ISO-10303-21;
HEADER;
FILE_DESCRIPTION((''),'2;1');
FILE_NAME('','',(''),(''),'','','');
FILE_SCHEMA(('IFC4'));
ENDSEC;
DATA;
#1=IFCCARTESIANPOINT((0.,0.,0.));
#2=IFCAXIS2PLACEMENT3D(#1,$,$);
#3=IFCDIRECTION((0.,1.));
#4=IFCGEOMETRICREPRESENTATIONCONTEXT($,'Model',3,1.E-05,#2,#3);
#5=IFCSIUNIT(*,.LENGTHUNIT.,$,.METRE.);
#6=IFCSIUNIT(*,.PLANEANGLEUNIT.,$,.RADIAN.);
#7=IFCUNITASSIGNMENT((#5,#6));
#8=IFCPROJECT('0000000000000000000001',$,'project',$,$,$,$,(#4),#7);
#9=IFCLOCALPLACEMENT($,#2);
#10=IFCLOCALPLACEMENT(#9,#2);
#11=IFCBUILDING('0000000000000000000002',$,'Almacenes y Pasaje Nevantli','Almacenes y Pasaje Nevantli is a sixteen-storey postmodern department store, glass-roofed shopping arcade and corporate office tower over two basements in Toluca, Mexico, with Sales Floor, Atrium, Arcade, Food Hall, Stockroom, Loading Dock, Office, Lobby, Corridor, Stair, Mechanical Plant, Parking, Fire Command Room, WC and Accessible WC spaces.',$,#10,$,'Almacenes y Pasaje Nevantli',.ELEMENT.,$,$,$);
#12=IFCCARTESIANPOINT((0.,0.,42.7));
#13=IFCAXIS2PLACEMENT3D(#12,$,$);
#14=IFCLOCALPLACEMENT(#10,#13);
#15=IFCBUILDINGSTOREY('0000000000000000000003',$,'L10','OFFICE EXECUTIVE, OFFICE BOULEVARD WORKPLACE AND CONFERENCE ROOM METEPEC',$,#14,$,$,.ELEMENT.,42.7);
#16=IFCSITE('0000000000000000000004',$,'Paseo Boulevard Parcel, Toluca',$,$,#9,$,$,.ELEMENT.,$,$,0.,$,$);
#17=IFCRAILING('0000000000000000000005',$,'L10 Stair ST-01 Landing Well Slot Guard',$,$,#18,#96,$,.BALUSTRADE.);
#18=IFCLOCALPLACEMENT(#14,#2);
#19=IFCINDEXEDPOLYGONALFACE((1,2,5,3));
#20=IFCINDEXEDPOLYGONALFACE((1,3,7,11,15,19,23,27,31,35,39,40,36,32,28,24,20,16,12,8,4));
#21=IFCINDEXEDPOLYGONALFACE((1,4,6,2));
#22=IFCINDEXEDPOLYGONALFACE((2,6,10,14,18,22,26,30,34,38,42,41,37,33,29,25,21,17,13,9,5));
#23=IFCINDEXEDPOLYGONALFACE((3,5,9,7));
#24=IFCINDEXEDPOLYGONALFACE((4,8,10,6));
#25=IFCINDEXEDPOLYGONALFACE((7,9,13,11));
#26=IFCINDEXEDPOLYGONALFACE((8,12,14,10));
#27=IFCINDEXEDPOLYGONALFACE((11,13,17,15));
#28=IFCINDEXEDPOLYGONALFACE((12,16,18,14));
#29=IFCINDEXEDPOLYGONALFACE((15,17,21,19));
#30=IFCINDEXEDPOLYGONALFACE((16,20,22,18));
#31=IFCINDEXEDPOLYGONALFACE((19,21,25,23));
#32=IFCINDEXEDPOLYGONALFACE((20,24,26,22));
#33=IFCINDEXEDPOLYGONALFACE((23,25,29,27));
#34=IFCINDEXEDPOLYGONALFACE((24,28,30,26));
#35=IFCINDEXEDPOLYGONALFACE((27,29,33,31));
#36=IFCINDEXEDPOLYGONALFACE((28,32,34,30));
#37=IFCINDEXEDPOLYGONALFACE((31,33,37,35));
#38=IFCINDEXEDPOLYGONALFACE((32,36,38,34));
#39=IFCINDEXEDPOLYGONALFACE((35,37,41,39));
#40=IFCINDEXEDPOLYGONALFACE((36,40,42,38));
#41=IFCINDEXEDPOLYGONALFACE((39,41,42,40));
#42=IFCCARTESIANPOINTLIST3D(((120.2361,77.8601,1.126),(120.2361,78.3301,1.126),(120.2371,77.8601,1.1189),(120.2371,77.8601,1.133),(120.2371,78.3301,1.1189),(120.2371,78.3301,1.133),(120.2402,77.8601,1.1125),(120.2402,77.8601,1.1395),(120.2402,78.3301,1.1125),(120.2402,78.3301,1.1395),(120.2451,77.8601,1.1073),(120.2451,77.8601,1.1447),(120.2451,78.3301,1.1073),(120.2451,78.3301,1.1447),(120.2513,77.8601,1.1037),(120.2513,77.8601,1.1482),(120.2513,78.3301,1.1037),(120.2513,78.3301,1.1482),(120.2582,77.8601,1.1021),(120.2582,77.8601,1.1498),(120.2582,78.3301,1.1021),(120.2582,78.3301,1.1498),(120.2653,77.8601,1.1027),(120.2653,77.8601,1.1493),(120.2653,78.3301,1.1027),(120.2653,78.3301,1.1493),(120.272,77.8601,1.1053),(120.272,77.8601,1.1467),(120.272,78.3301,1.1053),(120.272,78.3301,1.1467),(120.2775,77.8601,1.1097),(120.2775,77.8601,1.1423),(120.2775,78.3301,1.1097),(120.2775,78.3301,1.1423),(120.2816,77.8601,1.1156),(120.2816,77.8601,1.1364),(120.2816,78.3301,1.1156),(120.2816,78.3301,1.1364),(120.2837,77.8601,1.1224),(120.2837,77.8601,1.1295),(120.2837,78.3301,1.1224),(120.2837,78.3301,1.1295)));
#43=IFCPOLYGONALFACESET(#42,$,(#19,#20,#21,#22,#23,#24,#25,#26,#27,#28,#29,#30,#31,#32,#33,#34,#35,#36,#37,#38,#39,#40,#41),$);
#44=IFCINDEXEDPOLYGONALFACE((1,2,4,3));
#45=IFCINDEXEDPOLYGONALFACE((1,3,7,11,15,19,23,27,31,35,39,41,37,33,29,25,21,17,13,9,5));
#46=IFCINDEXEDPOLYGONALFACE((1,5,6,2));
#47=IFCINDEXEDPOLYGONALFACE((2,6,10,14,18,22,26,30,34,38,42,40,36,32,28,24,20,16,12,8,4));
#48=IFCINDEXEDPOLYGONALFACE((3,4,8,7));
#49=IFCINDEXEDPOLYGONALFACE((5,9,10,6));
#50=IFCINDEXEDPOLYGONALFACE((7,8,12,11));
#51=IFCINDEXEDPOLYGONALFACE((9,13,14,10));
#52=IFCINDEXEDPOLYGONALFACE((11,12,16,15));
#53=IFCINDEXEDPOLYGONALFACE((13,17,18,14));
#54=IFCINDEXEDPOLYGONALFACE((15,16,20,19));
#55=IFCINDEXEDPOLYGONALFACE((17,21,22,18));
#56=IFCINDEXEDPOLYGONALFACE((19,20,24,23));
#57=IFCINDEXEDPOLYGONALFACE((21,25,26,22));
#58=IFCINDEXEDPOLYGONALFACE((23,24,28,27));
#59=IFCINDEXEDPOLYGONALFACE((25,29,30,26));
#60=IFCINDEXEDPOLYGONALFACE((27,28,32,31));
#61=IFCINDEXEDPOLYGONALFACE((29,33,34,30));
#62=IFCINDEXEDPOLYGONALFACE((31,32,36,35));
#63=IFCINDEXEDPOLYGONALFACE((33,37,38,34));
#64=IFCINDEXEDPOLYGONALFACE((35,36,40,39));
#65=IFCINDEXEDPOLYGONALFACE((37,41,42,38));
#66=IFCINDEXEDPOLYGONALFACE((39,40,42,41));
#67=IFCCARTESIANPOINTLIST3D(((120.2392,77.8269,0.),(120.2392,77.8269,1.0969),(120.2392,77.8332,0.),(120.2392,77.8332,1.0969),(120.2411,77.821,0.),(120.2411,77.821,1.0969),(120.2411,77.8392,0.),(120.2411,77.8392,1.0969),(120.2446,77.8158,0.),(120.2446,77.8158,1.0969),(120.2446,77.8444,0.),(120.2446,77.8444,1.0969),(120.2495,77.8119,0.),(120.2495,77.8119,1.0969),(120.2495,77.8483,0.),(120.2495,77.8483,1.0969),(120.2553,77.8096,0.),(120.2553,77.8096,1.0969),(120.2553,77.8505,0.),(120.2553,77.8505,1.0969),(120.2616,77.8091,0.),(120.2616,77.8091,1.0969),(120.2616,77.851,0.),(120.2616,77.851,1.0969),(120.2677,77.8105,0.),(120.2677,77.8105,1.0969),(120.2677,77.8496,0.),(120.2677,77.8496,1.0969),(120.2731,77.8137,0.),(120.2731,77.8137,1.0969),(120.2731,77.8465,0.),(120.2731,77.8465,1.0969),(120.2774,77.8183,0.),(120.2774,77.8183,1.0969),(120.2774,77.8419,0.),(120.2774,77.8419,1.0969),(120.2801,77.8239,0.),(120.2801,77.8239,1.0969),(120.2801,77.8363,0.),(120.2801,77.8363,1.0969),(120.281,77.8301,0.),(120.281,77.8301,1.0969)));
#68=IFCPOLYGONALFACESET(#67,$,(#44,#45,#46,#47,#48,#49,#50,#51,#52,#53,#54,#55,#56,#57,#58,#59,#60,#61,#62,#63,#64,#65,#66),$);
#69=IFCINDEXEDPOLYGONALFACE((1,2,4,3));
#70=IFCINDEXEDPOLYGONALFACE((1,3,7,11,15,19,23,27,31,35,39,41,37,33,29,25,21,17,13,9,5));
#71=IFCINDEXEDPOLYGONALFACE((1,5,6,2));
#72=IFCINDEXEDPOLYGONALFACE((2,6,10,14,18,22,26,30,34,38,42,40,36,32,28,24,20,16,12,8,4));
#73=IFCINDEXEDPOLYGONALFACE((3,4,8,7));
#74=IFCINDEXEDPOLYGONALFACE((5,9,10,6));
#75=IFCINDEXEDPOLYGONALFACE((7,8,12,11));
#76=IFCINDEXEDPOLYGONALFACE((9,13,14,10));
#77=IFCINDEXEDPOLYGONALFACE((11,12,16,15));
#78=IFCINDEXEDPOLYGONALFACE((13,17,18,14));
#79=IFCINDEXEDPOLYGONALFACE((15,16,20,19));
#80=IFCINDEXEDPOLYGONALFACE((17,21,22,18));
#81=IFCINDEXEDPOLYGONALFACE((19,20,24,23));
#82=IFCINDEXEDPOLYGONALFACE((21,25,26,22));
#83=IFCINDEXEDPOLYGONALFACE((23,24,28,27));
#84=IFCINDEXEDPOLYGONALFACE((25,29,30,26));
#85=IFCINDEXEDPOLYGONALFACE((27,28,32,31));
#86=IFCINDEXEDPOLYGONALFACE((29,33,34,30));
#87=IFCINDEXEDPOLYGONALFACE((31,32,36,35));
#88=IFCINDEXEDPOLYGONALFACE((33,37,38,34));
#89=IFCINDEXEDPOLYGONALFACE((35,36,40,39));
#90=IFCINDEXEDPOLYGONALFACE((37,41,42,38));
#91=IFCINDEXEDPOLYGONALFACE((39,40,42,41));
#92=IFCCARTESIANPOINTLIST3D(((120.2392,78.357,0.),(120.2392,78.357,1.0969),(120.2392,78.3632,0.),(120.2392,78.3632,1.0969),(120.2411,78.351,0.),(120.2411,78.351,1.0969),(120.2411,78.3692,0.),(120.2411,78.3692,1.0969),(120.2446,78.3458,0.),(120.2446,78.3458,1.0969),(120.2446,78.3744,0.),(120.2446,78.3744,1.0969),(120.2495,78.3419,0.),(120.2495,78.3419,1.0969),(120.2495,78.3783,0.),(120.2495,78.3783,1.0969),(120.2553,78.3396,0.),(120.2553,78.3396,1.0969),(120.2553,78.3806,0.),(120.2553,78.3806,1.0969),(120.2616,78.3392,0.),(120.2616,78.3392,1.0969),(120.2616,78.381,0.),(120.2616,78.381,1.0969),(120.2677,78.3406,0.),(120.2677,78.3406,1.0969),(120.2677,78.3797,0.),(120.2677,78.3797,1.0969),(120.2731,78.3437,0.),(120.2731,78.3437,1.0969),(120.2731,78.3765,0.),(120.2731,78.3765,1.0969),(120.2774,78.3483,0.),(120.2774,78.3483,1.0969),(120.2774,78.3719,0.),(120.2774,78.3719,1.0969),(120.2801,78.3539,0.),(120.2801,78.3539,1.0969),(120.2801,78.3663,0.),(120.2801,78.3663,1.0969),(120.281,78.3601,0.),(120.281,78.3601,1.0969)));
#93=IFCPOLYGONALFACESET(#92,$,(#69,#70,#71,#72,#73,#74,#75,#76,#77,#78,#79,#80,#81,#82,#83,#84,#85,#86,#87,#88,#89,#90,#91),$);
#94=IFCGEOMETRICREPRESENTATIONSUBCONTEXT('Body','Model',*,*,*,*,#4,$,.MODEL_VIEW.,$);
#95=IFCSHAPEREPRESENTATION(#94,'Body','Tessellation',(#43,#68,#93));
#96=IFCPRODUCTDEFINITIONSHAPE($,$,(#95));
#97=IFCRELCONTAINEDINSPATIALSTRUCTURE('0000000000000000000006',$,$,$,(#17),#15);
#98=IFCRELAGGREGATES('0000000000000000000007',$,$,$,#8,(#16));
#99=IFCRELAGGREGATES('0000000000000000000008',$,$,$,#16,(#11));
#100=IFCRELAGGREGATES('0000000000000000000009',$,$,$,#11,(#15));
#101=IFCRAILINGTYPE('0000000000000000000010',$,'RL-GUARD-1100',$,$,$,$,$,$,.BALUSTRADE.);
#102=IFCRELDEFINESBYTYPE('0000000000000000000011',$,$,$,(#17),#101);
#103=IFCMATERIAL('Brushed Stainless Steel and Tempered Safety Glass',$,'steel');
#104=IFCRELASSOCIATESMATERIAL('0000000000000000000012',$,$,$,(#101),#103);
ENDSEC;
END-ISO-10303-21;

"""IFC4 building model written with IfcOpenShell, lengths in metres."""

from ifc_helpers import new_model, si_unit, direction, frame, origin, origin_2d, place, context, subcontext, project, spatial, circle, extrude, material, type_object, element, save


model = new_model("IFC4")

# Units and contexts
model_context = context("Model", 3, precision=1e-05, world=origin(), true_north=direction((0.0, 1.0)))
body_context = subcontext(model_context, "Body", "Model", "MODEL_VIEW")
ifc_project = project(units=[si_unit("LENGTHUNIT", "METRE"), si_unit("PLANEANGLEUNIT", "RADIAN")], contexts=[model_context])

# Site, building, storey
site_placement = place(None, origin())
site = spatial("IfcSite", under=ifc_project, at=site_placement, Name="Paseo Boulevard Parcel, Toluca", CompositionType="ELEMENT", RefElevation=0.0)
building_placement = place(site_placement, origin())
building = spatial("IfcBuilding", under=site, at=building_placement, Name="Almacenes y Pasaje Nevantli", Description="Almacenes y Pasaje Nevantli is a sixteen-storey postmodern department store, glass-roofed shopping arcade and corporate office tower over two basements in Toluca, Mexico, with Sales Floor, Atrium, Arcade, Food Hall, Stockroom, Loading Dock, Office, Lobby, Corridor, Stair, Mechanical Plant, Parking, Fire Command Room, WC and Accessible WC spaces.", LongName="Almacenes y Pasaje Nevantli", CompositionType="ELEMENT")
storey_placement = place(building_placement, frame((0.0, 0.0, 42.7)))
storey = spatial("IfcBuildingStorey", under=building, at=storey_placement, Name="L10", Description="OFFICE EXECUTIVE, OFFICE BOULEVARD WORKPLACE AND CONFERENCE ROOM METEPEC", CompositionType="ELEMENT", Elevation=42.7)

# Railing
ifc_material_1 = material(Name="Brushed Stainless Steel and Tempered Safety Glass", Category="steel")
railing_type_1 = type_object("IfcRailingType", Name="RL-GUARD-1100", PredefinedType="BALUSTRADE", material=ifc_material_1)
railing_1_placement = place(storey_placement, frame((120.26, 77.8301, 0.0)))
element("IfcRailing", 1, at=railing_1_placement, inside=storey, type_object=railing_type_1, Name="L10 Stair ST-01 Landing Well Slot Guard", PredefinedType="BALUSTRADE", context=body_context, shape_type="SweptSolid", body=[
    extrude(circle(Radius=0.0239, at=origin_2d()), frame((0.0, 0.03, 1.126), z_axis=(0.0, 1.0, 0.0), x_axis=(-1.0, 0.0, 0.0)), (0.0, 0.0, 1.0), 0.47),
    extrude(circle(Radius=0.021, at=origin_2d()), origin(), (0.0, 0.0, 1.0), 1.0969),
    extrude(circle(Radius=0.021, at=origin_2d()), frame((0.0, 0.53, 0.0)), (0.0, 0.0, 1.0), 1.0969),
])

save(model, "model.ifc")
